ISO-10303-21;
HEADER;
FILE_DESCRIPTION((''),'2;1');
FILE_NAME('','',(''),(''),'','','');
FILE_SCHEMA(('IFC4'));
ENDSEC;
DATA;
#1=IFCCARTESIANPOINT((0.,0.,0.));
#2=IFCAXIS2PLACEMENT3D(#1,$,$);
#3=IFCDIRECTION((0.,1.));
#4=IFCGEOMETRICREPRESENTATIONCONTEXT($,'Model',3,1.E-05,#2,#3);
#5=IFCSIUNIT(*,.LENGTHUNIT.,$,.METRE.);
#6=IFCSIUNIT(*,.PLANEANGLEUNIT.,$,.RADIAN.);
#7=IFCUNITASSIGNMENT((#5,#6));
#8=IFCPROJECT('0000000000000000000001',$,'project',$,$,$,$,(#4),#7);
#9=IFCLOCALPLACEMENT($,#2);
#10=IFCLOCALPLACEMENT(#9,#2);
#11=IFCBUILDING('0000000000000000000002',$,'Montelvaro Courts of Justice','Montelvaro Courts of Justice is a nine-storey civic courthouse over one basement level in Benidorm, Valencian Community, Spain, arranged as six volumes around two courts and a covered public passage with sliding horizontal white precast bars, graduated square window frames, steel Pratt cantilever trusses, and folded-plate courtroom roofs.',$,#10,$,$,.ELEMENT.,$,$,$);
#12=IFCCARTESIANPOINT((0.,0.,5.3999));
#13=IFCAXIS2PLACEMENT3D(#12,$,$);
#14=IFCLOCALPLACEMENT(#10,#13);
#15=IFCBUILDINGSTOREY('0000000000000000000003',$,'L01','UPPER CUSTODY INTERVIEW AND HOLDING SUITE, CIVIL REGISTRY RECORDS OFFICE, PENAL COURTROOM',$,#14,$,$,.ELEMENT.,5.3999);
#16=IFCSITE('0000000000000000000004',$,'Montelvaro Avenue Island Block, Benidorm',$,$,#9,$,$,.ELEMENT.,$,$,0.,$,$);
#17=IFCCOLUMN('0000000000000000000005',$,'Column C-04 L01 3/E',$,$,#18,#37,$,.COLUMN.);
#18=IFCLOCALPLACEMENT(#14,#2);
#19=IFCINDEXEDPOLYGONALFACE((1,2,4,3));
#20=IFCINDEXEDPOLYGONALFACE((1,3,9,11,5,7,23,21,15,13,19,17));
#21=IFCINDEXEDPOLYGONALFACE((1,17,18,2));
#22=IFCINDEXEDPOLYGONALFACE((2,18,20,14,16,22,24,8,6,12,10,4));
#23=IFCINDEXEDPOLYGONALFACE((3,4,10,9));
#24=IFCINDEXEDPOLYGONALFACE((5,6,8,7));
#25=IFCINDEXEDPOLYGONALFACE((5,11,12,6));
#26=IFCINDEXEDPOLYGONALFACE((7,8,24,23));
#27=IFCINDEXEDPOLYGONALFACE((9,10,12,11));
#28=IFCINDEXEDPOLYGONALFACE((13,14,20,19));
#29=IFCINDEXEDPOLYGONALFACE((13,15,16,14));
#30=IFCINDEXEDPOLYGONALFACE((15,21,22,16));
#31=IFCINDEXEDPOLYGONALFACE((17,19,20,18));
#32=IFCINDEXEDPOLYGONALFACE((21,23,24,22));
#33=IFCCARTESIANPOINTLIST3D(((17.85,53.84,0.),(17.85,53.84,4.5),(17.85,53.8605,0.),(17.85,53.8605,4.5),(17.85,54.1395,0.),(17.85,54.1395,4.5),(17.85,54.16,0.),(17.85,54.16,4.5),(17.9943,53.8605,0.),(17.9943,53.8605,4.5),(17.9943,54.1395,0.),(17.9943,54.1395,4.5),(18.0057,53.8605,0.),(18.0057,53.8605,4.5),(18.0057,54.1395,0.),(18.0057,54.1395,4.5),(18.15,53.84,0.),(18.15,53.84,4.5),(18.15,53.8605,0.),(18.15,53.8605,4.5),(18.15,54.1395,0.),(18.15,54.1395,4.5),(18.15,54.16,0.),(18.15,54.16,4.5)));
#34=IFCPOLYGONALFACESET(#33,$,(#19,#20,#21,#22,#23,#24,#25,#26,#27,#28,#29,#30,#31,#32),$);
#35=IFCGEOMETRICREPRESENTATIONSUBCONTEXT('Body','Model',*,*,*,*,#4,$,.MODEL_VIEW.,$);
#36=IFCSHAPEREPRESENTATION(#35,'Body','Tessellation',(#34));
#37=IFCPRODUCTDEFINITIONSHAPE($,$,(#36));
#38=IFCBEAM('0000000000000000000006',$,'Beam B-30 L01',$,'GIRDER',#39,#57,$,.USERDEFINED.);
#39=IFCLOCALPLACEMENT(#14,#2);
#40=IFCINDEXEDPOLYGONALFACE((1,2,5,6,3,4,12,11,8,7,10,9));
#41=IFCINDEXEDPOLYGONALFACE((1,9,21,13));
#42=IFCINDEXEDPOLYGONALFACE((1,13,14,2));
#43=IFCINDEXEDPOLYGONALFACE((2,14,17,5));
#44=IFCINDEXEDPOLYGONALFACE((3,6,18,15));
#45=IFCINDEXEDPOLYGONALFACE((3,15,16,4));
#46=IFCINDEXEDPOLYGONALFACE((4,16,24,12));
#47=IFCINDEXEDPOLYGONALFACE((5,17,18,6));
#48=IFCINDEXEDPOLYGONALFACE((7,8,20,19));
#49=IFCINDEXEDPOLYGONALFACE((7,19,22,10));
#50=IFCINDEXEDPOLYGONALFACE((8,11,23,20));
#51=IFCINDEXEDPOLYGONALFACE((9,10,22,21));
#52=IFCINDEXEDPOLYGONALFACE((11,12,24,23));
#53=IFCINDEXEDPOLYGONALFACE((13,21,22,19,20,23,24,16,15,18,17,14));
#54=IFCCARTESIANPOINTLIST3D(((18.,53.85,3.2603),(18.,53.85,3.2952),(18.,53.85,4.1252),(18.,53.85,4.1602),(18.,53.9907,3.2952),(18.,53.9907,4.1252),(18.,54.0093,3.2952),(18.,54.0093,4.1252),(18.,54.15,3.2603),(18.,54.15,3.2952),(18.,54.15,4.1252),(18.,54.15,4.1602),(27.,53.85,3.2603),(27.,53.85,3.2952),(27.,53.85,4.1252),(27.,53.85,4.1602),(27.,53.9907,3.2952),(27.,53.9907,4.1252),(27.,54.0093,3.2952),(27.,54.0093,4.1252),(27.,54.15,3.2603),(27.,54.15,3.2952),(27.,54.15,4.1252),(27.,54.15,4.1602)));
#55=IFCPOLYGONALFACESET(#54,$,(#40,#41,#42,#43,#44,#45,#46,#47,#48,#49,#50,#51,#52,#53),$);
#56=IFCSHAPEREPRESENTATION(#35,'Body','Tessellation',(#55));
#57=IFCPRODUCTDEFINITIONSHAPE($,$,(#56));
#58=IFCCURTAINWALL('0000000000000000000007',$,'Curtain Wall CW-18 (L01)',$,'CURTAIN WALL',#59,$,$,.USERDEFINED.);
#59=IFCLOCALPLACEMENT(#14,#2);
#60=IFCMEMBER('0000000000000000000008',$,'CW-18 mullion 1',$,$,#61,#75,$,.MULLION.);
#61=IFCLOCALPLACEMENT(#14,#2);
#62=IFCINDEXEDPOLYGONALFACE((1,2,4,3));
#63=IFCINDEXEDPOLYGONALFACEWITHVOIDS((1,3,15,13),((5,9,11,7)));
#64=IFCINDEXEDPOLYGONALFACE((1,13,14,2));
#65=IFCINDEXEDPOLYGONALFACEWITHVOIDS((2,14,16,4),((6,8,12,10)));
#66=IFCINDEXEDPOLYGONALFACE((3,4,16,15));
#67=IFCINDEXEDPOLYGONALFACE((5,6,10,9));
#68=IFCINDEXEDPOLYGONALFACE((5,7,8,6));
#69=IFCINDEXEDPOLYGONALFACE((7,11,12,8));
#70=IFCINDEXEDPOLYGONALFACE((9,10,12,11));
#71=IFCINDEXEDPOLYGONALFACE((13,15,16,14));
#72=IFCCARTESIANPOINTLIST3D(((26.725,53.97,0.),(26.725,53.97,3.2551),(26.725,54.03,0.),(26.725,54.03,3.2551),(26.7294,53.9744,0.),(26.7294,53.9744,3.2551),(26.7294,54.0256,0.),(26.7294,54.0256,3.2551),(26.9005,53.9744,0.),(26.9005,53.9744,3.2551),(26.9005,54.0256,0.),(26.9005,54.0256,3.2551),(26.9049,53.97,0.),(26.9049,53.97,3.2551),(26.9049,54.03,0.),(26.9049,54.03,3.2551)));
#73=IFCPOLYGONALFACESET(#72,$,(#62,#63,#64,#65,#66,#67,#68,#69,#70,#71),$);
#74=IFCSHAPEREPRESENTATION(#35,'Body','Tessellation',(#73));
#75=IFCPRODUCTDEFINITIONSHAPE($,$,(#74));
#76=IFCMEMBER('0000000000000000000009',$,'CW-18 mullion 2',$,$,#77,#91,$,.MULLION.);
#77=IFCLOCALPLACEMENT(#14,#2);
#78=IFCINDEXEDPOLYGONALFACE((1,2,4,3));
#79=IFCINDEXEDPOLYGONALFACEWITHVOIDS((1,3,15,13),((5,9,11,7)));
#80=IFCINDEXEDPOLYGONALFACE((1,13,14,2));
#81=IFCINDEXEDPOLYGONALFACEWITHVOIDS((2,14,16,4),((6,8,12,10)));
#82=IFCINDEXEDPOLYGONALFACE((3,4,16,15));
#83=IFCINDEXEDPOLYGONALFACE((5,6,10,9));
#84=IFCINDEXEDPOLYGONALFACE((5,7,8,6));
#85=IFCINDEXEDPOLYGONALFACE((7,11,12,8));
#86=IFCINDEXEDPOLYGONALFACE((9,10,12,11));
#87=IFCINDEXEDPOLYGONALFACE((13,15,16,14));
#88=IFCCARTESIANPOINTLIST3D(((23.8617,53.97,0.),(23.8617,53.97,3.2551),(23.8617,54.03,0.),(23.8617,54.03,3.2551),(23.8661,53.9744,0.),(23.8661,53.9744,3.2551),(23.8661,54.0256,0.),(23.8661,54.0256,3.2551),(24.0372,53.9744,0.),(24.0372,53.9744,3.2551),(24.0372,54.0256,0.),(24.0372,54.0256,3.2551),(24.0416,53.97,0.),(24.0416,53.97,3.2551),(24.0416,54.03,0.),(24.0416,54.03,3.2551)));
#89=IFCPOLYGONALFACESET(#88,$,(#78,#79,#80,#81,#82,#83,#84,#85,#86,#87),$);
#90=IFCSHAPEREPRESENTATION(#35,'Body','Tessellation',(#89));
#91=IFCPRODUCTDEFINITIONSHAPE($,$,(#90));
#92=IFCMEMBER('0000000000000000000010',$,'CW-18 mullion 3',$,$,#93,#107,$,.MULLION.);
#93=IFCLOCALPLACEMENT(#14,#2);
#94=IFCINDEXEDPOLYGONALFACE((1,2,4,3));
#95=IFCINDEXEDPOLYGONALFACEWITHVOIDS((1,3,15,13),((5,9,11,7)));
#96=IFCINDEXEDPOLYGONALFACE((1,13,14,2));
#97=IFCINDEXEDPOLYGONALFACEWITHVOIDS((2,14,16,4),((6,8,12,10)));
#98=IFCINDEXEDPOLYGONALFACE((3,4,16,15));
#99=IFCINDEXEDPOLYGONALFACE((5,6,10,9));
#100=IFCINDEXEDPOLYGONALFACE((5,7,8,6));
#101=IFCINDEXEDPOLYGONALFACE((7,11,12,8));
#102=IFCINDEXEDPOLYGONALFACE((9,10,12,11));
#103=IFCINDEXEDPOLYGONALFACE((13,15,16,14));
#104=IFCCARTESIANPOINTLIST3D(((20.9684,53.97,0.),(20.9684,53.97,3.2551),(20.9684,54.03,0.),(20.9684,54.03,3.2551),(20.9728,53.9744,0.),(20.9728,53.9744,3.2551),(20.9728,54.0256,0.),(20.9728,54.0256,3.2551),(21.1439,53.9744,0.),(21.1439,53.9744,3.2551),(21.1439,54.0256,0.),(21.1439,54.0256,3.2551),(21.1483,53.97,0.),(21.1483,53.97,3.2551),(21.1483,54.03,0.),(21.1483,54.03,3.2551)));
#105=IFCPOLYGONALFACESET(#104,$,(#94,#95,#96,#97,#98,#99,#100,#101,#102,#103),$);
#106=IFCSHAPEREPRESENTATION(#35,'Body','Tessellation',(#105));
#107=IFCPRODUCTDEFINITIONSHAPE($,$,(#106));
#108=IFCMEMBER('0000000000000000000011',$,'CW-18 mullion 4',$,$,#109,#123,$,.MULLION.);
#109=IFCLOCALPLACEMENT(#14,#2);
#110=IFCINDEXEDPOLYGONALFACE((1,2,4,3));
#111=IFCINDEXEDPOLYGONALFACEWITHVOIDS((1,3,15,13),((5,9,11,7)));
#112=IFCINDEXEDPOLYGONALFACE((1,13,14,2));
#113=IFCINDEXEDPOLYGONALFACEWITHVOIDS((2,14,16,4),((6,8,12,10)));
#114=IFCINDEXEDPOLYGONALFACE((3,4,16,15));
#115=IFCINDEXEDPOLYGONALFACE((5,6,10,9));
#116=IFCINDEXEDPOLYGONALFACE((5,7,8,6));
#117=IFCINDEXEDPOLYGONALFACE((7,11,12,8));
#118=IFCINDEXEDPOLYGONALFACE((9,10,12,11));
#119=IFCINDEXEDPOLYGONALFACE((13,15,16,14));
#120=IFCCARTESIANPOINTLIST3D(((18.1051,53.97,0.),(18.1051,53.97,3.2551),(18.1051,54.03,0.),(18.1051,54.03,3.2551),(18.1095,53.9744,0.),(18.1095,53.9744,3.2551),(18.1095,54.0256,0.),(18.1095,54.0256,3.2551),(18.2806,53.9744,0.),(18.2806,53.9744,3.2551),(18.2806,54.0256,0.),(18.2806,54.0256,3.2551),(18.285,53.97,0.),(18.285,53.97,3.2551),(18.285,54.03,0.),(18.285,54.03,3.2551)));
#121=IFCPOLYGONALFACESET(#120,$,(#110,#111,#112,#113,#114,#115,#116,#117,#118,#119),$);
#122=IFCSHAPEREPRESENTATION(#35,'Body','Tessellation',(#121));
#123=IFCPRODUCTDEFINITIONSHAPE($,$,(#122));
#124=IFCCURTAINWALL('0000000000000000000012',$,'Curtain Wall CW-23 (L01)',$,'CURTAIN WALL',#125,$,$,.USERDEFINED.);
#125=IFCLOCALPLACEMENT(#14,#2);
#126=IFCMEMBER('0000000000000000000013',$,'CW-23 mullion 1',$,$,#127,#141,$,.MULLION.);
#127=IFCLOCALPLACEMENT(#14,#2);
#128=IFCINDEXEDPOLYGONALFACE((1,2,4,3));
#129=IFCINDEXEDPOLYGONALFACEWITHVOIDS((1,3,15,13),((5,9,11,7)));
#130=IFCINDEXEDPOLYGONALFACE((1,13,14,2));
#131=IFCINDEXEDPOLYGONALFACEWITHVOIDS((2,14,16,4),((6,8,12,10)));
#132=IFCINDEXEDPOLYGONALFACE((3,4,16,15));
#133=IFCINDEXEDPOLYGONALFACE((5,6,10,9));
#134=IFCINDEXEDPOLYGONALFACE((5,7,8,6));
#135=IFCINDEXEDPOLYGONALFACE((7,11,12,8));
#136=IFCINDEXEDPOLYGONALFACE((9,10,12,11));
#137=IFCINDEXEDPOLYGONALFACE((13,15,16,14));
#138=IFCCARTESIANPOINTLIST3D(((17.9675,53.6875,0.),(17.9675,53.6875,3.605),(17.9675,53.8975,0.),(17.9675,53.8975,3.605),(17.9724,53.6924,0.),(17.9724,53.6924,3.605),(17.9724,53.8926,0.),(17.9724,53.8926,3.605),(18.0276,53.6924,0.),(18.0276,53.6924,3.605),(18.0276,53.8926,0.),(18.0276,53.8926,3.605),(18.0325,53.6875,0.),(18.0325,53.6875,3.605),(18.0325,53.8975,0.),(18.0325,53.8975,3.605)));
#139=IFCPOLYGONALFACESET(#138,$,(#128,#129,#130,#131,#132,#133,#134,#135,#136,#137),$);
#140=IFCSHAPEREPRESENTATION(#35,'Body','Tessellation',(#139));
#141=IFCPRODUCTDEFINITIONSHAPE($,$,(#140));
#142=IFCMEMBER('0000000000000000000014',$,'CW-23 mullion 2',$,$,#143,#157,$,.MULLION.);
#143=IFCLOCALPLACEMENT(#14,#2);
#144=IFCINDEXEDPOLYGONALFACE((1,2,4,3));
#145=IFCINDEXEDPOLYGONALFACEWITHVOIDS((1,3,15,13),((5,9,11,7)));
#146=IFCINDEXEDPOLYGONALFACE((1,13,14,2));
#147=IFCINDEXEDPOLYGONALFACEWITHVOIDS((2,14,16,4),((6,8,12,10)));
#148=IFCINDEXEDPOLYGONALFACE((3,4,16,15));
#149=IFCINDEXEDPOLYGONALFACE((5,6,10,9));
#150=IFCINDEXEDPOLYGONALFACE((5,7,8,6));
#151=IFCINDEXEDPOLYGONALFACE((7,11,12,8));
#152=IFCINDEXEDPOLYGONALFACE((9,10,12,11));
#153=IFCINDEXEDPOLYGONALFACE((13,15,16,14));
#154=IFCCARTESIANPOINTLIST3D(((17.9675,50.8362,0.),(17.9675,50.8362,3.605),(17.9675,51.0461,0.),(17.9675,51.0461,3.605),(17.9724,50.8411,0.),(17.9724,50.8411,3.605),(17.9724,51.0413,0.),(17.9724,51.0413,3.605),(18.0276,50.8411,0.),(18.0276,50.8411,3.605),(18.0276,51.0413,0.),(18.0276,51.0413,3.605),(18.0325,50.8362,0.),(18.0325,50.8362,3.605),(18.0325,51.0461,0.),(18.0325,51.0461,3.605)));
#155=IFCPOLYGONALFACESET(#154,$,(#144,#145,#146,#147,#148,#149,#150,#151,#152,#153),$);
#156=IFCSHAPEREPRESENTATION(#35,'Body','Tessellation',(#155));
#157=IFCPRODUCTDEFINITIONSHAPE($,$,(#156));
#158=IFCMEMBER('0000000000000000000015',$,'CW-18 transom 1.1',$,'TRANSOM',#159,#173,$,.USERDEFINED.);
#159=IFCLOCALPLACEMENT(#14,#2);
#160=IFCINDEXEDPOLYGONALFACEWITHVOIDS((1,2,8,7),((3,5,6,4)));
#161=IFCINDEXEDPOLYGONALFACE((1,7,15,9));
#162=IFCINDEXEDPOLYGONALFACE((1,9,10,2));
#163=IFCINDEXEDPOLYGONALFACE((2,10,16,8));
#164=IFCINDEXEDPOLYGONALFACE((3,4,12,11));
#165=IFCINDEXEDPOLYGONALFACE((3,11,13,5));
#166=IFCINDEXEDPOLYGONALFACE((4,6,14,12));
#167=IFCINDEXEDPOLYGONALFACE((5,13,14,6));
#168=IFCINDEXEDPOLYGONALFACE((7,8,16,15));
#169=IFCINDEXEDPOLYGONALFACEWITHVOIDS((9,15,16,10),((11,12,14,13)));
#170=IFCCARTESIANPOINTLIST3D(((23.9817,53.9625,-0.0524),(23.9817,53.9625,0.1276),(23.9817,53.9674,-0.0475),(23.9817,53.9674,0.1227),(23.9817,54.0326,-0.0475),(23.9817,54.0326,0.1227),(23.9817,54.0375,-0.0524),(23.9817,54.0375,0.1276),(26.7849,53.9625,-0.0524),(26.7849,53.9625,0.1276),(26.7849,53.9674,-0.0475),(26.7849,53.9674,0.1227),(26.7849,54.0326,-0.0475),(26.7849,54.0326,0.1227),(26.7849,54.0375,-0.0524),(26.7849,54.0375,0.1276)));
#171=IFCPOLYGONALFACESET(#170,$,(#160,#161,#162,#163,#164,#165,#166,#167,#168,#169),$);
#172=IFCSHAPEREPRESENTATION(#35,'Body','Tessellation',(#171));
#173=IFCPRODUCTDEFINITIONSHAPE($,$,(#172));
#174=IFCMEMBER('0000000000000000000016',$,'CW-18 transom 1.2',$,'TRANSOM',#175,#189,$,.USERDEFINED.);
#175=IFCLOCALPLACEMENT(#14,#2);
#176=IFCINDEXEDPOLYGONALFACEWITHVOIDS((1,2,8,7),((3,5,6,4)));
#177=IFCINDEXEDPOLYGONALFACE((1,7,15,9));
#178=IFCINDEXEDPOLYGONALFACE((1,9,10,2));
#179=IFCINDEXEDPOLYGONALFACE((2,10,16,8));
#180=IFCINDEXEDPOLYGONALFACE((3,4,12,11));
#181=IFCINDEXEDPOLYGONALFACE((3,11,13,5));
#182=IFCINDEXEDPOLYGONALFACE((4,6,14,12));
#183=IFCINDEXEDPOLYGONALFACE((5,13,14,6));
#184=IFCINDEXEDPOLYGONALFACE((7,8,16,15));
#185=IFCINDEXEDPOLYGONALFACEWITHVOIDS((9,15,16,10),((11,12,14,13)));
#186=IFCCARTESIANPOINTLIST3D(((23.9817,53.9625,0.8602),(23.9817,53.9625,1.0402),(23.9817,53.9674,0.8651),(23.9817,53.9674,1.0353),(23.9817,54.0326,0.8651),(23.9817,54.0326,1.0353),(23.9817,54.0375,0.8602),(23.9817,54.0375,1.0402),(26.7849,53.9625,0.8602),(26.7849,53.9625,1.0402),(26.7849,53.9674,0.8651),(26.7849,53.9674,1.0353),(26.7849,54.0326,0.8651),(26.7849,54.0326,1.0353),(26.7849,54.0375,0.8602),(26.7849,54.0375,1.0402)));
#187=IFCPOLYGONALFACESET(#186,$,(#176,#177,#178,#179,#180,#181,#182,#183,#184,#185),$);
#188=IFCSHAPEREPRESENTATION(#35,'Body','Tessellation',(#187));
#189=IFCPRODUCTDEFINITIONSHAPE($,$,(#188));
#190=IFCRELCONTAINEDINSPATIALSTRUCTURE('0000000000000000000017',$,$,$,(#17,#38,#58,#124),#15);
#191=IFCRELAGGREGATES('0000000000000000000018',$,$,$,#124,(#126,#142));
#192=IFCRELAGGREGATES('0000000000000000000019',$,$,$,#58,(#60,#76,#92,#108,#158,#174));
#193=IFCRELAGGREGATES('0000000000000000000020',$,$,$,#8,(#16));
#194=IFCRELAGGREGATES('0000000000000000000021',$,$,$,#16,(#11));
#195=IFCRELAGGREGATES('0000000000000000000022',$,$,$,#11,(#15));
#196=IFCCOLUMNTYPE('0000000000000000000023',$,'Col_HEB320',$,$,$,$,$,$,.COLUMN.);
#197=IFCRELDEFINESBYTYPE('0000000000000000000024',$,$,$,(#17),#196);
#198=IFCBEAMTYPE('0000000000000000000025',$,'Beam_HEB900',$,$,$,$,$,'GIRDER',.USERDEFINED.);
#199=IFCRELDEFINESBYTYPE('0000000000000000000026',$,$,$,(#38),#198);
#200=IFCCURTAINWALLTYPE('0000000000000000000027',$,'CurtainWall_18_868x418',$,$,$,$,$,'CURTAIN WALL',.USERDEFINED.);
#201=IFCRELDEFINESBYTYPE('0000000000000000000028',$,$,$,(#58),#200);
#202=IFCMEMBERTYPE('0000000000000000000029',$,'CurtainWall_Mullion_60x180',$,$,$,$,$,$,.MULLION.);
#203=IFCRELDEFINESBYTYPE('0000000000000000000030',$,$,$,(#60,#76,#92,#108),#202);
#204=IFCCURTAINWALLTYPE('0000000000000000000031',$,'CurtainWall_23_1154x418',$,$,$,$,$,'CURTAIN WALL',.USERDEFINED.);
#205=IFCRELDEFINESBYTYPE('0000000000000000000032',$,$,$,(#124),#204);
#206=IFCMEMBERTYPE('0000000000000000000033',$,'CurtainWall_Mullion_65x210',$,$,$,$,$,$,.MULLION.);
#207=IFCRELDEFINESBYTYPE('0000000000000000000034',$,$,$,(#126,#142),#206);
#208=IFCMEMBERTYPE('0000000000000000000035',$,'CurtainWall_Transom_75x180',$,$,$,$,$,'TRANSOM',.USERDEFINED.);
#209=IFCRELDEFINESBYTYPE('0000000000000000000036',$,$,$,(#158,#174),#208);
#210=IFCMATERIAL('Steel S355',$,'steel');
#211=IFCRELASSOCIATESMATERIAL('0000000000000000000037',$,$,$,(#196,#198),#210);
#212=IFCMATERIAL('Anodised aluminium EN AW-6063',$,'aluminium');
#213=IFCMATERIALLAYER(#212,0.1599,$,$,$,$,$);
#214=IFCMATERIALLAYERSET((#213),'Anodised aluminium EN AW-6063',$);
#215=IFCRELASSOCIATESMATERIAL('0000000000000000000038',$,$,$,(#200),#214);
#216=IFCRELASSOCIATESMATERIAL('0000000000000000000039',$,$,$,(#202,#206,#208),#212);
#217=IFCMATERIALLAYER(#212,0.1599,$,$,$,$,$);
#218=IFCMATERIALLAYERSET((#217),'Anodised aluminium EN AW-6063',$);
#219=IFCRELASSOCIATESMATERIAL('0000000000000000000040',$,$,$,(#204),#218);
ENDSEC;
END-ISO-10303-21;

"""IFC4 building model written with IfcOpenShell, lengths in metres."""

from ifc_helpers import new_model, si_unit, direction, frame, origin, origin_2d, place, context, subcontext, project, spatial, hollow_rectangle, i_section, extrude, material, layer, layer_set, material_profile, profile_set, type_object, element, aggregate, save


model = new_model("IFC4")

# Units and contexts
model_context = context("Model", 3, precision=1e-05, world=origin(), true_north=direction((0.0, 1.0)))
body_context = subcontext(model_context, "Body", "Model", "MODEL_VIEW")
ifc_project = project(units=[si_unit("LENGTHUNIT", "METRE"), si_unit("PLANEANGLEUNIT", "RADIAN")], contexts=[model_context])

# Site, building, storey
site_placement = place(None, origin())
site = spatial("IfcSite", under=ifc_project, at=site_placement, Name="Montelvaro Avenue Island Block, Benidorm", CompositionType="ELEMENT", RefElevation=0.0)
building_placement = place(site_placement, origin())
building = spatial("IfcBuilding", under=site, at=building_placement, Name="Montelvaro Courts of Justice", Description="Montelvaro Courts of Justice is a nine-storey civic courthouse over one basement level in Benidorm, Valencian Community, Spain, arranged as six volumes around two courts and a covered public passage with sliding horizontal white precast bars, graduated square window frames, steel Pratt cantilever trusses, and folded-plate courtroom roofs.", CompositionType="ELEMENT")
storey_placement = place(building_placement, frame((0.0, 0.0, 5.3999)))
storey = spatial("IfcBuildingStorey", under=building, at=storey_placement, Name="L01", Description="UPPER CUSTODY INTERVIEW AND HOLDING SUITE, CIVIL REGISTRY RECORDS OFFICE, PENAL COURTROOM", CompositionType="ELEMENT", Elevation=5.3999)

# Column
ifc_material_1 = material(Name="Steel S355", Category="steel")
ifc_material_profile_1 = material_profile(ifc_material_1, i_section(OverallWidth=0.3, OverallDepth=0.3201, WebThickness=0.0115, FlangeThickness=0.0205, at=origin_2d()), Name="HEB 320")
ifc_profile_set_1 = profile_set([ifc_material_profile_1], Name="Steel S355")
column_type = type_object("IfcColumnType", Name="Col_HEB320", PredefinedType="COLUMN", material=ifc_profile_set_1)
column_placement = place(storey_placement, frame((18.0, 54.0, 0.0), z_axis=(0.0, 0.0, 1.0), x_axis=(1.0, 0.0, 0.0)))
element("IfcColumn", 1, at=column_placement, inside=storey, type_object=column_type, Name="Column C-04 L01 3/E", PredefinedType="COLUMN", context=body_context, shape_type="SweptSolid", body=[
    extrude(i_section(OverallWidth=0.3, OverallDepth=0.3201, WebThickness=0.0115, FlangeThickness=0.0205, at=origin_2d()), origin(), (0.0, 0.0, 1.0), 4.5),
])

# Beam
ifc_material_profile_2 = material_profile(ifc_material_1, i_section(OverallWidth=0.3, OverallDepth=0.8999, WebThickness=0.0186, FlangeThickness=0.0349, at=origin_2d()), Name="HEB 900")
ifc_profile_set_2 = profile_set([ifc_material_profile_2], Name="Steel S355")
beam_type = type_object("IfcBeamType", Name="Beam_HEB900", ElementType="GIRDER", PredefinedType="USERDEFINED", material=ifc_profile_set_2)
beam_placement = place(storey_placement, frame((18.0, 54.0, 3.7102), z_axis=(1.0, 0.0, 0.0), x_axis=(0.0, 1.0, 0.0)))
element("IfcBeam", 2, at=beam_placement, inside=storey, type_object=beam_type, Name="Beam B-30 L01", ObjectType="GIRDER", PredefinedType="USERDEFINED", context=body_context, shape_type="SweptSolid", body=[
    extrude(i_section(OverallWidth=0.3, OverallDepth=0.8999, WebThickness=0.0186, FlangeThickness=0.0349, at=origin_2d()), origin(), (0.0, 0.0, 1.0), 9.0),
])

# Curtain walls, members
ifc_material_2 = material(Name="Anodised aluminium EN AW-6063", Category="aluminium")
ifc_layer_1 = layer(ifc_material_2, 0.1599)
ifc_layer_set_1 = layer_set([ifc_layer_1], Name="Anodised aluminium EN AW-6063")
curtain_wall_type_1 = type_object("IfcCurtainWallType", Name="CurtainWall_18_868x418", ElementType="CURTAIN WALL", PredefinedType="USERDEFINED", material=ifc_layer_set_1)
curtain_wall_1_placement = place(storey_placement, origin())
curtain_wall_1 = element("IfcCurtainWall", 3, at=curtain_wall_1_placement, inside=storey, type_object=curtain_wall_type_1, Name="Curtain Wall CW-18 (L01)", ObjectType="CURTAIN WALL", PredefinedType="USERDEFINED")
ifc_material_profile_3 = material_profile(ifc_material_2, hollow_rectangle(XDim=0.0601, YDim=0.1799, WallThickness=0.0044, at=origin_2d()), Name="ALU-M 60x180")
ifc_profile_set_3 = profile_set([ifc_material_profile_3], Name="Anodised aluminium EN AW-6063")
member_type_1 = type_object("IfcMemberType", Name="CurtainWall_Mullion_60x180", PredefinedType="MULLION", material=ifc_profile_set_3)
member_1_placement = place(storey_placement, frame((26.8149, 54.0, 0.0), z_axis=(0.0, 0.0, 1.0), x_axis=(0.0, -1.0, 0.0)))
member_1 = element("IfcMember", 4, at=member_1_placement, type_object=member_type_1, Name="CW-18 mullion 1", PredefinedType="MULLION", context=body_context, shape_type="SweptSolid", body=[
    extrude(hollow_rectangle(XDim=0.0601, YDim=0.1799, WallThickness=0.0044, at=origin_2d()), origin(), (0.0, 0.0, 1.0), 3.2551),
])
member_2_placement = place(storey_placement, frame((23.9517, 54.0, 0.0), z_axis=(0.0, 0.0, 1.0), x_axis=(0.0, -1.0, 0.0)))
member_2 = element("IfcMember", 5, at=member_2_placement, type_object=member_type_1, Name="CW-18 mullion 2", PredefinedType="MULLION", context=body_context, shape_type="SweptSolid", body=[
    extrude(hollow_rectangle(XDim=0.0601, YDim=0.1799, WallThickness=0.0044, at=origin_2d()), origin(), (0.0, 0.0, 1.0), 3.2551),
])
member_3_placement = place(storey_placement, frame((21.0583, 54.0, 0.0), z_axis=(0.0, 0.0, 1.0), x_axis=(0.0, -1.0, 0.0)))
member_3 = element("IfcMember", 6, at=member_3_placement, type_object=member_type_1, Name="CW-18 mullion 3", PredefinedType="MULLION", context=body_context, shape_type="SweptSolid", body=[
    extrude(hollow_rectangle(XDim=0.0601, YDim=0.1799, WallThickness=0.0044, at=origin_2d()), origin(), (0.0, 0.0, 1.0), 3.2551),
])
member_4_placement = place(storey_placement, frame((18.1951, 54.0, 0.0), z_axis=(0.0, 0.0, 1.0), x_axis=(0.0, -1.0, 0.0)))
member_4 = element("IfcMember", 7, at=member_4_placement, type_object=member_type_1, Name="CW-18 mullion 4", PredefinedType="MULLION", context=body_context, shape_type="SweptSolid", body=[
    extrude(hollow_rectangle(XDim=0.0601, YDim=0.1799, WallThickness=0.0044, at=origin_2d()), origin(), (0.0, 0.0, 1.0), 3.2551),
])
ifc_layer_2 = layer(ifc_material_2, 0.1599)
ifc_layer_set_2 = layer_set([ifc_layer_2], Name="Anodised aluminium EN AW-6063")
curtain_wall_type_2 = type_object("IfcCurtainWallType", Name="CurtainWall_23_1154x418", ElementType="CURTAIN WALL", PredefinedType="USERDEFINED", material=ifc_layer_set_2)
curtain_wall_2_placement = place(storey_placement, origin())
curtain_wall_2 = element("IfcCurtainWall", 8, at=curtain_wall_2_placement, inside=storey, type_object=curtain_wall_type_2, Name="Curtain Wall CW-23 (L01)", ObjectType="CURTAIN WALL", PredefinedType="USERDEFINED")
ifc_material_profile_4 = material_profile(ifc_material_2, hollow_rectangle(XDim=0.0649, YDim=0.21, WallThickness=0.0049, at=origin_2d()), Name="ALU-M 65x210")
ifc_profile_set_4 = profile_set([ifc_material_profile_4], Name="Anodised aluminium EN AW-6063")
member_type_2 = type_object("IfcMemberType", Name="CurtainWall_Mullion_65x210", PredefinedType="MULLION", material=ifc_profile_set_4)
member_5_placement = place(storey_placement, frame((18.0, 53.7925, 0.0), z_axis=(0.0, 0.0, 1.0), x_axis=(1.0, 0.0, 0.0)))
member_5 = element("IfcMember", 9, at=member_5_placement, type_object=member_type_2, Name="CW-23 mullion 1", PredefinedType="MULLION", context=body_context, shape_type="SweptSolid", body=[
    extrude(hollow_rectangle(XDim=0.0649, YDim=0.21, WallThickness=0.0049, at=origin_2d()), origin(), (0.0, 0.0, 1.0), 3.605),
])
member_6_placement = place(storey_placement, frame((18.0, 50.9412, 0.0), z_axis=(0.0, 0.0, 1.0), x_axis=(1.0, 0.0, 0.0)))
member_6 = element("IfcMember", 10, at=member_6_placement, type_object=member_type_2, Name="CW-23 mullion 2", PredefinedType="MULLION", context=body_context, shape_type="SweptSolid", body=[
    extrude(hollow_rectangle(XDim=0.0649, YDim=0.21, WallThickness=0.0049, at=origin_2d()), origin(), (0.0, 0.0, 1.0), 3.605),
])

# Members
ifc_material_profile_5 = material_profile(ifc_material_2, hollow_rectangle(XDim=0.075, YDim=0.1799, WallThickness=0.0049, at=origin_2d()), Name="ALU-T 75x180")
ifc_profile_set_5 = profile_set([ifc_material_profile_5], Name="Anodised aluminium EN AW-6063")
member_type_3 = type_object("IfcMemberType", Name="CurtainWall_Transom_75x180", ElementType="TRANSOM", PredefinedType="USERDEFINED", material=ifc_profile_set_5)
member_7_placement = place(storey_placement, frame((26.7849, 54.0, 0.0376), z_axis=(-1.0, 0.0, 0.0), x_axis=(0.0, -1.0, 0.0)))
member_7 = element("IfcMember", 11, at=member_7_placement, type_object=member_type_3, Name="CW-18 transom 1.1", ObjectType="TRANSOM", PredefinedType="USERDEFINED", context=body_context, shape_type="SweptSolid", body=[
    extrude(hollow_rectangle(XDim=0.075, YDim=0.1799, WallThickness=0.0049, at=origin_2d()), origin(), (0.0, 0.0, 1.0), 2.8032),
])
member_8_placement = place(storey_placement, frame((26.7849, 54.0, 0.9502), z_axis=(-1.0, 0.0, 0.0), x_axis=(0.0, -1.0, 0.0)))
member_8 = element("IfcMember", 12, at=member_8_placement, type_object=member_type_3, Name="CW-18 transom 1.2", ObjectType="TRANSOM", PredefinedType="USERDEFINED", context=body_context, shape_type="SweptSolid", body=[
    extrude(hollow_rectangle(XDim=0.075, YDim=0.1799, WallThickness=0.0049, at=origin_2d()), origin(), (0.0, 0.0, 1.0), 2.8032),
])

aggregate(curtain_wall_2, [member_5, member_6])
aggregate(curtain_wall_1, [member_1, member_2, member_3, member_4, member_7, member_8])

save(model, "model.ifc")
